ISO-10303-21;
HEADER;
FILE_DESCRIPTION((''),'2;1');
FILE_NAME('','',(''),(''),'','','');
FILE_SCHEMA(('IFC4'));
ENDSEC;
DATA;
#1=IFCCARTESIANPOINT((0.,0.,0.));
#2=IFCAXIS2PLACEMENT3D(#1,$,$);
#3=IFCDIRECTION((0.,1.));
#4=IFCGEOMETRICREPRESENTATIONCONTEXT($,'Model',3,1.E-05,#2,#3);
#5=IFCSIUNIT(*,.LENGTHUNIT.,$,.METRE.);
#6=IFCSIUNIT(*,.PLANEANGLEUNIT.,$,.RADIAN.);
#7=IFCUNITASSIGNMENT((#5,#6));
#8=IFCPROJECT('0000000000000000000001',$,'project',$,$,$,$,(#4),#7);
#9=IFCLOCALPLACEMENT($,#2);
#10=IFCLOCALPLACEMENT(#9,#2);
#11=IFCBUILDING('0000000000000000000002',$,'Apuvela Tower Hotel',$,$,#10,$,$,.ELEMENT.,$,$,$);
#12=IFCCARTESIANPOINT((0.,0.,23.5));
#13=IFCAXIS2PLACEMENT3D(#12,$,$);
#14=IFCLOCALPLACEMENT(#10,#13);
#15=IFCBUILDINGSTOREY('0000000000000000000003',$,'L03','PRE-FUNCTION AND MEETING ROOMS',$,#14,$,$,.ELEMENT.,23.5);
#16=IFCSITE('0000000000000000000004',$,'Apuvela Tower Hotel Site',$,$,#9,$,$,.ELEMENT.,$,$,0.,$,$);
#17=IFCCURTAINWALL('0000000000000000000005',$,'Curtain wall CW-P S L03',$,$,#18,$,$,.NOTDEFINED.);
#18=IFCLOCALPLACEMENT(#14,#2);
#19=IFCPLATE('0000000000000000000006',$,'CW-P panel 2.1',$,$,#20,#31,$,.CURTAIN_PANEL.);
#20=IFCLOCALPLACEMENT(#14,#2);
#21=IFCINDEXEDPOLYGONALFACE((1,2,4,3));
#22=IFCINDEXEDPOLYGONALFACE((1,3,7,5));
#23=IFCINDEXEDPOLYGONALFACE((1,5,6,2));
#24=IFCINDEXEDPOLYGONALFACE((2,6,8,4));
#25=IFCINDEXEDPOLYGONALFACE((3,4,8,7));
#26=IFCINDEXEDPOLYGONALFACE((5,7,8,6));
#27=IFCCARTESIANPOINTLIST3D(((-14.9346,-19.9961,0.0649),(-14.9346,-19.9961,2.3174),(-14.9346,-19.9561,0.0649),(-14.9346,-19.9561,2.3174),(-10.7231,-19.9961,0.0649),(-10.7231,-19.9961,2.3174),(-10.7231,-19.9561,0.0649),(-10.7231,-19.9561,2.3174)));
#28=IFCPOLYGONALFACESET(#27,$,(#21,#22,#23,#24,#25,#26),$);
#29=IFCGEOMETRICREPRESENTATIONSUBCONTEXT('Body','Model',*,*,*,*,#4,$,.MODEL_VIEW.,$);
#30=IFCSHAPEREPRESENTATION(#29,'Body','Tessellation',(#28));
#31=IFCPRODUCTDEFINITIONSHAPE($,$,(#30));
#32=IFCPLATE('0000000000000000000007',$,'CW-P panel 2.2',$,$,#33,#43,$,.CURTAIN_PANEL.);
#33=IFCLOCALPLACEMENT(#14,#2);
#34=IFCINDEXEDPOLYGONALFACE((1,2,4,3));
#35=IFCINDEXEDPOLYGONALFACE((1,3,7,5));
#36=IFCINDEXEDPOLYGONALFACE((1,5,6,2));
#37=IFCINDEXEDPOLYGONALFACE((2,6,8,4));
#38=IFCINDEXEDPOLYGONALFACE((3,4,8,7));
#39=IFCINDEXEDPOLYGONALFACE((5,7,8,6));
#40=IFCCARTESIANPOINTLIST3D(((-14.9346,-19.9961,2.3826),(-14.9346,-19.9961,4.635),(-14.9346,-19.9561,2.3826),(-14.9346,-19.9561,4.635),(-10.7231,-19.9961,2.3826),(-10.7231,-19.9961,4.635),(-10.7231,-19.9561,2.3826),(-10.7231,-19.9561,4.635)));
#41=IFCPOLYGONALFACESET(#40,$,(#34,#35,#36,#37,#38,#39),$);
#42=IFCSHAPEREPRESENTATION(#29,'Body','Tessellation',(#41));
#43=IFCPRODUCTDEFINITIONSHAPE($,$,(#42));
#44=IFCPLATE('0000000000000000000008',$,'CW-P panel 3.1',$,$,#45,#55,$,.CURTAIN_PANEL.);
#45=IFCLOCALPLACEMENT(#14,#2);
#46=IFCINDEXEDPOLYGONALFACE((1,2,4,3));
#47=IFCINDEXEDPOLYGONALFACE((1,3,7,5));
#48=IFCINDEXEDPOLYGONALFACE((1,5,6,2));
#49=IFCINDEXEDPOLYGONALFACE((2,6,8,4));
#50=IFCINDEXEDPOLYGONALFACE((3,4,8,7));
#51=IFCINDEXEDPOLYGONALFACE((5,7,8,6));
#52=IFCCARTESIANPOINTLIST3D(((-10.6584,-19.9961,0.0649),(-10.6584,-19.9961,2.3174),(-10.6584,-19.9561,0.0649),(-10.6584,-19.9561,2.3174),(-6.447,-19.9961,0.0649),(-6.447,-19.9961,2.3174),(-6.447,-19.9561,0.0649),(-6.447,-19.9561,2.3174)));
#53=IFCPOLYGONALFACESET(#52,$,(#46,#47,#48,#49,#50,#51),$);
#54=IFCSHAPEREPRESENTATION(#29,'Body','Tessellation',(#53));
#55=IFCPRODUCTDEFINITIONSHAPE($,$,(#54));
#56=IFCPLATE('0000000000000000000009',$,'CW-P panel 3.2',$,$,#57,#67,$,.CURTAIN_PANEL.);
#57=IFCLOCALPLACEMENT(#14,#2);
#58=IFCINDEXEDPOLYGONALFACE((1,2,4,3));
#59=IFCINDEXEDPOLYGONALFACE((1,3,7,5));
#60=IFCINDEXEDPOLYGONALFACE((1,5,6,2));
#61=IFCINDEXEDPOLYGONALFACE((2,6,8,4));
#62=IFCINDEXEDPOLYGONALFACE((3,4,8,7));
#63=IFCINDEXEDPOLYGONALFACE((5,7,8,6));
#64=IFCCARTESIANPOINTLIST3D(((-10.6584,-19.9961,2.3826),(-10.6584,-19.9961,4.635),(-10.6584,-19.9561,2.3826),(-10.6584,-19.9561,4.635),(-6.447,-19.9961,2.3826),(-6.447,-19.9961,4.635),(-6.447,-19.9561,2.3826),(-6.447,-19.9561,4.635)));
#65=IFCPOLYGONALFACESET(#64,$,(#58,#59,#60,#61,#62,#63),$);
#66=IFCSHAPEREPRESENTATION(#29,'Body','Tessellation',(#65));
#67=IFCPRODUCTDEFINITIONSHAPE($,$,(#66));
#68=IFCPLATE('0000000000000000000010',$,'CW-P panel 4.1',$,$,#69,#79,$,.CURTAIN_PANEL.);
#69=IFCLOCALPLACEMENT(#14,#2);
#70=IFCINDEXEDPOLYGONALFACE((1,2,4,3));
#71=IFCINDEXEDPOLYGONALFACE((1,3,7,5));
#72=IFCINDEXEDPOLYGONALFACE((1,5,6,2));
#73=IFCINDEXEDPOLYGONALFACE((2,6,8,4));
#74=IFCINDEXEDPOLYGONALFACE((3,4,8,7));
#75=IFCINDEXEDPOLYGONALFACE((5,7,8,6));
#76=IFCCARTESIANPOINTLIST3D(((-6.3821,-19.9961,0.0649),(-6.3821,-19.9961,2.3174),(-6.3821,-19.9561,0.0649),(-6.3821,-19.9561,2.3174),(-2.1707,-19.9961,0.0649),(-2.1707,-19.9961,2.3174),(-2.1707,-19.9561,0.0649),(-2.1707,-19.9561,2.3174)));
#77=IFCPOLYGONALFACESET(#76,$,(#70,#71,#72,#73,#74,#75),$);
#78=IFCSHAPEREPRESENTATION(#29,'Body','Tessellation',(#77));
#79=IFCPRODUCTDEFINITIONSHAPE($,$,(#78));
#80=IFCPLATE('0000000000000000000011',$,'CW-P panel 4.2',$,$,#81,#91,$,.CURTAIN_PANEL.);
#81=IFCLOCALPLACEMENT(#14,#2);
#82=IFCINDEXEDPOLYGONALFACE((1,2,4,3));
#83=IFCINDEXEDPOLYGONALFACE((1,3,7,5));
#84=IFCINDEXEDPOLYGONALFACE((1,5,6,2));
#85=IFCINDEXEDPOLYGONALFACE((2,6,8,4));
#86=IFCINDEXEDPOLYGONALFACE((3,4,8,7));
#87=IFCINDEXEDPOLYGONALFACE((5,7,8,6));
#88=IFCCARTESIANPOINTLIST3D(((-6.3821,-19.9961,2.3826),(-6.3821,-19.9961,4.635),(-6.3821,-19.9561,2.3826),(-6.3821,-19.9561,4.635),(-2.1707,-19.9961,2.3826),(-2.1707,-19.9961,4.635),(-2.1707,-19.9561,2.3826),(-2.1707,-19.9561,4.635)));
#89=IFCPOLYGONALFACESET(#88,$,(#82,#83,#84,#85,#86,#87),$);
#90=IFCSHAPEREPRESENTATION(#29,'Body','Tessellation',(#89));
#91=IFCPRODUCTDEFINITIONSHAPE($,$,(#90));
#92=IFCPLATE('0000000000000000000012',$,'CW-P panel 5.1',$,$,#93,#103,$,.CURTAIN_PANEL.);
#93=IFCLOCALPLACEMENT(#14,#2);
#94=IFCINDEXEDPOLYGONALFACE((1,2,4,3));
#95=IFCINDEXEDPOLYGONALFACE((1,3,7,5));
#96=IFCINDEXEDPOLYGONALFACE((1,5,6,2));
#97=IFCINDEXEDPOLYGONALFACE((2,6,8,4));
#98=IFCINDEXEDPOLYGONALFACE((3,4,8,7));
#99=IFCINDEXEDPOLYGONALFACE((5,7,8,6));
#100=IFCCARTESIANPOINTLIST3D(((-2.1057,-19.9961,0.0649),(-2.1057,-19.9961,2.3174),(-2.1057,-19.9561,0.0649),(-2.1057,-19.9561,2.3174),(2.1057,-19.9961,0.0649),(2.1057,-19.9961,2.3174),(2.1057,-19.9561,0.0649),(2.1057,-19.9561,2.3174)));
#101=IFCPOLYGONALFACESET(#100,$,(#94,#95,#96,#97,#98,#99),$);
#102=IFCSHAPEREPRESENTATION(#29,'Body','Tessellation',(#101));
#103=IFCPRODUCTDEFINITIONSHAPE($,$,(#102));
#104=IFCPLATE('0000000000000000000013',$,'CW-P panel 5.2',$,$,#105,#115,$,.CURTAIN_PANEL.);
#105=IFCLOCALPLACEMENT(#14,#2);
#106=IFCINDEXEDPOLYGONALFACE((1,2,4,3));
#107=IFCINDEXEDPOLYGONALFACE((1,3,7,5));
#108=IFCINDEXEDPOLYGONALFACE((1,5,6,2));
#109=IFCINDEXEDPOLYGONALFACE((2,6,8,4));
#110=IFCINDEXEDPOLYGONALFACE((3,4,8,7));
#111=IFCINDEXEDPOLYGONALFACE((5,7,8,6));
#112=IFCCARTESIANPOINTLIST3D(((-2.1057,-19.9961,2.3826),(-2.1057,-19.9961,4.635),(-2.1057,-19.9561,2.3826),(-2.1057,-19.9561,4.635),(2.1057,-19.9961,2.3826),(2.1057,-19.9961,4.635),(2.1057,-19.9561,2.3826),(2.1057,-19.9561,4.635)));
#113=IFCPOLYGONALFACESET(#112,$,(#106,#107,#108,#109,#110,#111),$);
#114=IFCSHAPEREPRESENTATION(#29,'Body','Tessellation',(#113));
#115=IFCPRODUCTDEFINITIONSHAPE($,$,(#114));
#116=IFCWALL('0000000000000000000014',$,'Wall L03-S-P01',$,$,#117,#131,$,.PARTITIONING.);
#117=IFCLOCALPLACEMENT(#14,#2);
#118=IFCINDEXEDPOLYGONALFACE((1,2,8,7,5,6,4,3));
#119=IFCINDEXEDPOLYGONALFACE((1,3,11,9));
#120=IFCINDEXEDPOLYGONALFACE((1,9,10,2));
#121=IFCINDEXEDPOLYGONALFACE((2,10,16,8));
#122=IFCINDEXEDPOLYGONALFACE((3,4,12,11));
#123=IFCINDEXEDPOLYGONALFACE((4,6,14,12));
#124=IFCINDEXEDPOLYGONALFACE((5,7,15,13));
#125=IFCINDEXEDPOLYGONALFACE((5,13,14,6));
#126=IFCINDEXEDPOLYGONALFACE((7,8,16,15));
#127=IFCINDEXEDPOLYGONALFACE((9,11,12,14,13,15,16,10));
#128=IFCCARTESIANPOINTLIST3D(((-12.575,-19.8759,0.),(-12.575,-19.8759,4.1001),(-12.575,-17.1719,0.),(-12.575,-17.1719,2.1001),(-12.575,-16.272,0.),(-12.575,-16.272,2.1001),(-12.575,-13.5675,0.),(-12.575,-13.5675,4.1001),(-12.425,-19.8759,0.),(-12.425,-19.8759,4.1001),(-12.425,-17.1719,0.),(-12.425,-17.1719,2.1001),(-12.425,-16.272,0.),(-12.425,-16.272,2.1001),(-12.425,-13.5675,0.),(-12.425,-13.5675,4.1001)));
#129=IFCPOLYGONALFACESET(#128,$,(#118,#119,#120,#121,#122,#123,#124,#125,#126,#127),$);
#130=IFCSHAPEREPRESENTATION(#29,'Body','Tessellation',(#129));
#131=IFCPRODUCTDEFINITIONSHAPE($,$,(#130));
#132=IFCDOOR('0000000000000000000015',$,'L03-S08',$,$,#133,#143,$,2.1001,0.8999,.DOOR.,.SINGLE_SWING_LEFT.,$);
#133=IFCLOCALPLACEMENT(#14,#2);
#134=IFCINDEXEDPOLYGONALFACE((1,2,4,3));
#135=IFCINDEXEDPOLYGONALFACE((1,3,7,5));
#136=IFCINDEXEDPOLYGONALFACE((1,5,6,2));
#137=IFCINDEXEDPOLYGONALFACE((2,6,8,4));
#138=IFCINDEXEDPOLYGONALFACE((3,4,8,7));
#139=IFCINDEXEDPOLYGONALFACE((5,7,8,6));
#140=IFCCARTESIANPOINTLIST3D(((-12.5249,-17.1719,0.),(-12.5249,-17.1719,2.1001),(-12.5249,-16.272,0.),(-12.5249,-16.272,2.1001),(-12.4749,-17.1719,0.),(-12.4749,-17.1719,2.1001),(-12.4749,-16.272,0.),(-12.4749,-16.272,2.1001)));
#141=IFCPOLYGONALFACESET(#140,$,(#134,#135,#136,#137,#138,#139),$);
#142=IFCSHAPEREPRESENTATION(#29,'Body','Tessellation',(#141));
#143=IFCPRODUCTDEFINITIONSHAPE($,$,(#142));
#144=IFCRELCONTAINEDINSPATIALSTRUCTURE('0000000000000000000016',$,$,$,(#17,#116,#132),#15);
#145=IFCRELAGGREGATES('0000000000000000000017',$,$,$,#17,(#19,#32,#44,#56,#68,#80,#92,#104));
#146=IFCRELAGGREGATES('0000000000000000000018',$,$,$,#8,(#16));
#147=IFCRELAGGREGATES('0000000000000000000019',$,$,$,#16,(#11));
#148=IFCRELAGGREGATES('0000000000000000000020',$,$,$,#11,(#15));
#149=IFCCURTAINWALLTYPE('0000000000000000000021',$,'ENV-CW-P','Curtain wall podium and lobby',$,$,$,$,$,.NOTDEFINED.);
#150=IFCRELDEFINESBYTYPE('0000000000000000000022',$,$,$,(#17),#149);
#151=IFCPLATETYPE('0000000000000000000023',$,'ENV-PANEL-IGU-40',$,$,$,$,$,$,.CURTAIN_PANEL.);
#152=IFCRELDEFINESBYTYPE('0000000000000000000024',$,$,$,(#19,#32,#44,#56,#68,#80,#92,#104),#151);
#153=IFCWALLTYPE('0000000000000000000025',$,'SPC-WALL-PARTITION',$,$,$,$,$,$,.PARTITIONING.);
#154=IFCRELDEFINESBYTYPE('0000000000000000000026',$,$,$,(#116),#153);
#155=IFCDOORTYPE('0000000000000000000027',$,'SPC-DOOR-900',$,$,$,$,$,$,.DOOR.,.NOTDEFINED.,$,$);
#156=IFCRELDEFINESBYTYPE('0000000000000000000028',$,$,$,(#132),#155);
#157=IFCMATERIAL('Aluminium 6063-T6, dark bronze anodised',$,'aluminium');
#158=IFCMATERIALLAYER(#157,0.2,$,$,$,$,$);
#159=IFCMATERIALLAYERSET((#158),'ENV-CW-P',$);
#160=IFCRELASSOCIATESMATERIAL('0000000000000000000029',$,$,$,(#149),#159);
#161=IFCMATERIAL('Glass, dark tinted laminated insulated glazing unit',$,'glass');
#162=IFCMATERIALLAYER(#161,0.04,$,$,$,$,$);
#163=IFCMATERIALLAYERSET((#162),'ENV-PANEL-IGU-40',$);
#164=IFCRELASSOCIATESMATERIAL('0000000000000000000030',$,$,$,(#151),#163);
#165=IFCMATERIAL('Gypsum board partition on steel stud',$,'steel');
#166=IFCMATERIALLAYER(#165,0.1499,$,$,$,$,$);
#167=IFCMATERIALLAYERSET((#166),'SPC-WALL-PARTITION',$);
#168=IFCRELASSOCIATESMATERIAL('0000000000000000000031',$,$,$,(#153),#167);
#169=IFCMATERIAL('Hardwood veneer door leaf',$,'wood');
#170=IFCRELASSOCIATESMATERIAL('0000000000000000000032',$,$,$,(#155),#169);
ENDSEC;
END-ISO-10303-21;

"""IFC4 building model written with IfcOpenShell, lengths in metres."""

from ifc_helpers import new_model, si_unit, direction, frame, frame_2d, origin, origin_2d, place, context, subcontext, project, spatial, rectangle, extrude, material, layer, layer_set, type_object, element, fill, aggregate, save


model = new_model("IFC4")

# Units and contexts
model_context = context("Model", 3, precision=1e-05, world=origin(), true_north=direction((0.0, 1.0)))
body_context = subcontext(model_context, "Body", "Model", "MODEL_VIEW")
ifc_project = project(units=[si_unit("LENGTHUNIT", "METRE"), si_unit("PLANEANGLEUNIT", "RADIAN")], contexts=[model_context])

# Site, building, storey
site_placement = place(None, origin())
site = spatial("IfcSite", under=ifc_project, at=site_placement, Name="Apuvela Tower Hotel Site", CompositionType="ELEMENT", RefElevation=0.0)
building_placement = place(site_placement, origin())
building = spatial("IfcBuilding", under=site, at=building_placement, Name="Apuvela Tower Hotel", CompositionType="ELEMENT")
storey_placement = place(building_placement, frame((0.0, 0.0, 23.5)))
storey = spatial("IfcBuildingStorey", under=building, at=storey_placement, Name="L03", Description="PRE-FUNCTION AND MEETING ROOMS", CompositionType="ELEMENT", Elevation=23.5)

# Curtain wall, plates
ifc_material_1 = material(Name="Aluminium 6063-T6, dark bronze anodised", Category="aluminium")
ifc_layer_1 = layer(ifc_material_1, 0.2)
ifc_layer_set_1 = layer_set([ifc_layer_1], Name="ENV-CW-P")
curtain_wall_type = type_object("IfcCurtainWallType", Name="ENV-CW-P", Description="Curtain wall podium and lobby", PredefinedType="NOTDEFINED", material=ifc_layer_set_1)
curtain_wall_placement = place(storey_placement, origin())
curtain_wall = element("IfcCurtainWall", 1, at=curtain_wall_placement, inside=storey, type_object=curtain_wall_type, Name="Curtain wall CW-P S L03", PredefinedType="NOTDEFINED")
ifc_material_2 = material(Name="Glass, dark tinted laminated insulated glazing unit", Category="glass")
ifc_layer_2 = layer(ifc_material_2, 0.04)
ifc_layer_set_2 = layer_set([ifc_layer_2], Name="ENV-PANEL-IGU-40")
plate_type = type_object("IfcPlateType", Name="ENV-PANEL-IGU-40", PredefinedType="CURTAIN_PANEL", material=ifc_layer_set_2)
plate_1_placement = place(storey_placement, frame((-12.8289, -19.9761, 0.0649), z_axis=(0.0, 0.0, 1.0), x_axis=(1.0, 0.0, 0.0)))
plate_1 = element("IfcPlate", 2, at=plate_1_placement, type_object=plate_type, Name="CW-P panel 2.1", PredefinedType="CURTAIN_PANEL", context=body_context, shape_type="SweptSolid", body=[
    extrude(rectangle(XDim=4.2114, YDim=0.04, at=origin_2d()), origin(), (0.0, 0.0, 1.0), 2.2524),
])
plate_2_placement = place(storey_placement, frame((-12.8289, -19.9761, 2.3826), z_axis=(0.0, 0.0, 1.0), x_axis=(1.0, 0.0, 0.0)))
plate_2 = element("IfcPlate", 3, at=plate_2_placement, type_object=plate_type, Name="CW-P panel 2.2", PredefinedType="CURTAIN_PANEL", context=body_context, shape_type="SweptSolid", body=[
    extrude(rectangle(XDim=4.2114, YDim=0.04, at=origin_2d()), origin(), (0.0, 0.0, 1.0), 2.2524),
])
plate_3_placement = place(storey_placement, frame((-8.5527, -19.9761, 0.0649), z_axis=(0.0, 0.0, 1.0), x_axis=(1.0, 0.0, 0.0)))
plate_3 = element("IfcPlate", 4, at=plate_3_placement, type_object=plate_type, Name="CW-P panel 3.1", PredefinedType="CURTAIN_PANEL", context=body_context, shape_type="SweptSolid", body=[
    extrude(rectangle(XDim=4.2114, YDim=0.04, at=origin_2d()), origin(), (0.0, 0.0, 1.0), 2.2524),
])
plate_4_placement = place(storey_placement, frame((-8.5527, -19.9761, 2.3826), z_axis=(0.0, 0.0, 1.0), x_axis=(1.0, 0.0, 0.0)))
plate_4 = element("IfcPlate", 5, at=plate_4_placement, type_object=plate_type, Name="CW-P panel 3.2", PredefinedType="CURTAIN_PANEL", context=body_context, shape_type="SweptSolid", body=[
    extrude(rectangle(XDim=4.2114, YDim=0.04, at=origin_2d()), origin(), (0.0, 0.0, 1.0), 2.2524),
])
plate_5_placement = place(storey_placement, frame((-4.2764, -19.9761, 0.0649), z_axis=(0.0, 0.0, 1.0), x_axis=(1.0, 0.0, 0.0)))
plate_5 = element("IfcPlate", 6, at=plate_5_placement, type_object=plate_type, Name="CW-P panel 4.1", PredefinedType="CURTAIN_PANEL", context=body_context, shape_type="SweptSolid", body=[
    extrude(rectangle(XDim=4.2114, YDim=0.04, at=origin_2d()), origin(), (0.0, 0.0, 1.0), 2.2524),
])
plate_6_placement = place(storey_placement, frame((-4.2764, -19.9761, 2.3826), z_axis=(0.0, 0.0, 1.0), x_axis=(1.0, 0.0, 0.0)))
plate_6 = element("IfcPlate", 7, at=plate_6_placement, type_object=plate_type, Name="CW-P panel 4.2", PredefinedType="CURTAIN_PANEL", context=body_context, shape_type="SweptSolid", body=[
    extrude(rectangle(XDim=4.2114, YDim=0.04, at=origin_2d()), origin(), (0.0, 0.0, 1.0), 2.2524),
])
plate_7_placement = place(storey_placement, frame((0.0, -19.9761, 0.0649), z_axis=(0.0, 0.0, 1.0), x_axis=(1.0, 0.0, 0.0)))
plate_7 = element("IfcPlate", 8, at=plate_7_placement, type_object=plate_type, Name="CW-P panel 5.1", PredefinedType="CURTAIN_PANEL", context=body_context, shape_type="SweptSolid", body=[
    extrude(rectangle(XDim=4.2114, YDim=0.04, at=origin_2d()), origin(), (0.0, 0.0, 1.0), 2.2524),
])
plate_8_placement = place(storey_placement, frame((0.0, -19.9761, 2.3826), z_axis=(0.0, 0.0, 1.0), x_axis=(1.0, 0.0, 0.0)))
plate_8 = element("IfcPlate", 9, at=plate_8_placement, type_object=plate_type, Name="CW-P panel 5.2", PredefinedType="CURTAIN_PANEL", context=body_context, shape_type="SweptSolid", body=[
    extrude(rectangle(XDim=4.2114, YDim=0.04, at=origin_2d()), origin(), (0.0, 0.0, 1.0), 2.2524),
])
aggregate(curtain_wall, [plate_1, plate_2, plate_3, plate_4, plate_5, plate_6, plate_7, plate_8])

# Wall, opening, door
ifc_material_3 = material(Name="Gypsum board partition on steel stud", Category="steel")
ifc_layer_3 = layer(ifc_material_3, 0.1499)
ifc_layer_set_3 = layer_set([ifc_layer_3], Name="SPC-WALL-PARTITION")
wall_type = type_object("IfcWallType", Name="SPC-WALL-PARTITION", PredefinedType="PARTITIONING", material=ifc_layer_set_3)
wall_placement = place(storey_placement, frame((-12.5, -19.876, 0.0), z_axis=(0.0, 0.0, 1.0), x_axis=(0.0, 1.0, 0.0)))
wall = element("IfcWall", 10, at=wall_placement, inside=storey, type_object=wall_type, Name="Wall L03-S-P01", PredefinedType="PARTITIONING", context=body_context, shape_type="SweptSolid", body=[
    extrude(rectangle(XDim=6.3083, YDim=0.1499, at=frame_2d((3.1543, 0.0))), origin(), (0.0, 0.0, 1.0), 4.1001),
])
opening_placement = place(wall_placement, frame((2.7041, 0.0, 0.0)))
opening = element("IfcOpeningElement", 11, at=opening_placement, cuts=wall, PredefinedType="OPENING", context=body_context, shape_type="SweptSolid", body=[
    extrude(rectangle(XDim=0.8999, YDim=2.1001, at=frame_2d((0.45, 1.05))), frame((0.0, 0.085, 0.0), z_axis=(0.0, -1.0, 0.0), x_axis=(1.0, 0.0, 0.0)), (0.0, 0.0, 1.0), 0.1699),
])
ifc_material_4 = material(Name="Hardwood veneer door leaf", Category="wood")
door_type = type_object("IfcDoorType", Name="SPC-DOOR-900", OperationType="NOTDEFINED", PredefinedType="DOOR", material=ifc_material_4)
door_placement = place(opening_placement, origin())
door = element("IfcDoor", 12, at=door_placement, inside=storey, type_object=door_type, Name="L03-S08", OperationType="SINGLE_SWING_LEFT", OverallHeight=2.1001, OverallWidth=0.8999, PredefinedType="DOOR", context=body_context, shape_type="SweptSolid", body=[
    extrude(rectangle(XDim=0.8999, YDim=2.1001, at=frame_2d((0.45, 1.05))), frame((0.0, 0.0249, 0.0), z_axis=(0.0, -1.0, 0.0), x_axis=(1.0, 0.0, 0.0)), (0.0, 0.0, 1.0), 0.05),
])
fill(opening, door)

save(model, "model.ifc")
